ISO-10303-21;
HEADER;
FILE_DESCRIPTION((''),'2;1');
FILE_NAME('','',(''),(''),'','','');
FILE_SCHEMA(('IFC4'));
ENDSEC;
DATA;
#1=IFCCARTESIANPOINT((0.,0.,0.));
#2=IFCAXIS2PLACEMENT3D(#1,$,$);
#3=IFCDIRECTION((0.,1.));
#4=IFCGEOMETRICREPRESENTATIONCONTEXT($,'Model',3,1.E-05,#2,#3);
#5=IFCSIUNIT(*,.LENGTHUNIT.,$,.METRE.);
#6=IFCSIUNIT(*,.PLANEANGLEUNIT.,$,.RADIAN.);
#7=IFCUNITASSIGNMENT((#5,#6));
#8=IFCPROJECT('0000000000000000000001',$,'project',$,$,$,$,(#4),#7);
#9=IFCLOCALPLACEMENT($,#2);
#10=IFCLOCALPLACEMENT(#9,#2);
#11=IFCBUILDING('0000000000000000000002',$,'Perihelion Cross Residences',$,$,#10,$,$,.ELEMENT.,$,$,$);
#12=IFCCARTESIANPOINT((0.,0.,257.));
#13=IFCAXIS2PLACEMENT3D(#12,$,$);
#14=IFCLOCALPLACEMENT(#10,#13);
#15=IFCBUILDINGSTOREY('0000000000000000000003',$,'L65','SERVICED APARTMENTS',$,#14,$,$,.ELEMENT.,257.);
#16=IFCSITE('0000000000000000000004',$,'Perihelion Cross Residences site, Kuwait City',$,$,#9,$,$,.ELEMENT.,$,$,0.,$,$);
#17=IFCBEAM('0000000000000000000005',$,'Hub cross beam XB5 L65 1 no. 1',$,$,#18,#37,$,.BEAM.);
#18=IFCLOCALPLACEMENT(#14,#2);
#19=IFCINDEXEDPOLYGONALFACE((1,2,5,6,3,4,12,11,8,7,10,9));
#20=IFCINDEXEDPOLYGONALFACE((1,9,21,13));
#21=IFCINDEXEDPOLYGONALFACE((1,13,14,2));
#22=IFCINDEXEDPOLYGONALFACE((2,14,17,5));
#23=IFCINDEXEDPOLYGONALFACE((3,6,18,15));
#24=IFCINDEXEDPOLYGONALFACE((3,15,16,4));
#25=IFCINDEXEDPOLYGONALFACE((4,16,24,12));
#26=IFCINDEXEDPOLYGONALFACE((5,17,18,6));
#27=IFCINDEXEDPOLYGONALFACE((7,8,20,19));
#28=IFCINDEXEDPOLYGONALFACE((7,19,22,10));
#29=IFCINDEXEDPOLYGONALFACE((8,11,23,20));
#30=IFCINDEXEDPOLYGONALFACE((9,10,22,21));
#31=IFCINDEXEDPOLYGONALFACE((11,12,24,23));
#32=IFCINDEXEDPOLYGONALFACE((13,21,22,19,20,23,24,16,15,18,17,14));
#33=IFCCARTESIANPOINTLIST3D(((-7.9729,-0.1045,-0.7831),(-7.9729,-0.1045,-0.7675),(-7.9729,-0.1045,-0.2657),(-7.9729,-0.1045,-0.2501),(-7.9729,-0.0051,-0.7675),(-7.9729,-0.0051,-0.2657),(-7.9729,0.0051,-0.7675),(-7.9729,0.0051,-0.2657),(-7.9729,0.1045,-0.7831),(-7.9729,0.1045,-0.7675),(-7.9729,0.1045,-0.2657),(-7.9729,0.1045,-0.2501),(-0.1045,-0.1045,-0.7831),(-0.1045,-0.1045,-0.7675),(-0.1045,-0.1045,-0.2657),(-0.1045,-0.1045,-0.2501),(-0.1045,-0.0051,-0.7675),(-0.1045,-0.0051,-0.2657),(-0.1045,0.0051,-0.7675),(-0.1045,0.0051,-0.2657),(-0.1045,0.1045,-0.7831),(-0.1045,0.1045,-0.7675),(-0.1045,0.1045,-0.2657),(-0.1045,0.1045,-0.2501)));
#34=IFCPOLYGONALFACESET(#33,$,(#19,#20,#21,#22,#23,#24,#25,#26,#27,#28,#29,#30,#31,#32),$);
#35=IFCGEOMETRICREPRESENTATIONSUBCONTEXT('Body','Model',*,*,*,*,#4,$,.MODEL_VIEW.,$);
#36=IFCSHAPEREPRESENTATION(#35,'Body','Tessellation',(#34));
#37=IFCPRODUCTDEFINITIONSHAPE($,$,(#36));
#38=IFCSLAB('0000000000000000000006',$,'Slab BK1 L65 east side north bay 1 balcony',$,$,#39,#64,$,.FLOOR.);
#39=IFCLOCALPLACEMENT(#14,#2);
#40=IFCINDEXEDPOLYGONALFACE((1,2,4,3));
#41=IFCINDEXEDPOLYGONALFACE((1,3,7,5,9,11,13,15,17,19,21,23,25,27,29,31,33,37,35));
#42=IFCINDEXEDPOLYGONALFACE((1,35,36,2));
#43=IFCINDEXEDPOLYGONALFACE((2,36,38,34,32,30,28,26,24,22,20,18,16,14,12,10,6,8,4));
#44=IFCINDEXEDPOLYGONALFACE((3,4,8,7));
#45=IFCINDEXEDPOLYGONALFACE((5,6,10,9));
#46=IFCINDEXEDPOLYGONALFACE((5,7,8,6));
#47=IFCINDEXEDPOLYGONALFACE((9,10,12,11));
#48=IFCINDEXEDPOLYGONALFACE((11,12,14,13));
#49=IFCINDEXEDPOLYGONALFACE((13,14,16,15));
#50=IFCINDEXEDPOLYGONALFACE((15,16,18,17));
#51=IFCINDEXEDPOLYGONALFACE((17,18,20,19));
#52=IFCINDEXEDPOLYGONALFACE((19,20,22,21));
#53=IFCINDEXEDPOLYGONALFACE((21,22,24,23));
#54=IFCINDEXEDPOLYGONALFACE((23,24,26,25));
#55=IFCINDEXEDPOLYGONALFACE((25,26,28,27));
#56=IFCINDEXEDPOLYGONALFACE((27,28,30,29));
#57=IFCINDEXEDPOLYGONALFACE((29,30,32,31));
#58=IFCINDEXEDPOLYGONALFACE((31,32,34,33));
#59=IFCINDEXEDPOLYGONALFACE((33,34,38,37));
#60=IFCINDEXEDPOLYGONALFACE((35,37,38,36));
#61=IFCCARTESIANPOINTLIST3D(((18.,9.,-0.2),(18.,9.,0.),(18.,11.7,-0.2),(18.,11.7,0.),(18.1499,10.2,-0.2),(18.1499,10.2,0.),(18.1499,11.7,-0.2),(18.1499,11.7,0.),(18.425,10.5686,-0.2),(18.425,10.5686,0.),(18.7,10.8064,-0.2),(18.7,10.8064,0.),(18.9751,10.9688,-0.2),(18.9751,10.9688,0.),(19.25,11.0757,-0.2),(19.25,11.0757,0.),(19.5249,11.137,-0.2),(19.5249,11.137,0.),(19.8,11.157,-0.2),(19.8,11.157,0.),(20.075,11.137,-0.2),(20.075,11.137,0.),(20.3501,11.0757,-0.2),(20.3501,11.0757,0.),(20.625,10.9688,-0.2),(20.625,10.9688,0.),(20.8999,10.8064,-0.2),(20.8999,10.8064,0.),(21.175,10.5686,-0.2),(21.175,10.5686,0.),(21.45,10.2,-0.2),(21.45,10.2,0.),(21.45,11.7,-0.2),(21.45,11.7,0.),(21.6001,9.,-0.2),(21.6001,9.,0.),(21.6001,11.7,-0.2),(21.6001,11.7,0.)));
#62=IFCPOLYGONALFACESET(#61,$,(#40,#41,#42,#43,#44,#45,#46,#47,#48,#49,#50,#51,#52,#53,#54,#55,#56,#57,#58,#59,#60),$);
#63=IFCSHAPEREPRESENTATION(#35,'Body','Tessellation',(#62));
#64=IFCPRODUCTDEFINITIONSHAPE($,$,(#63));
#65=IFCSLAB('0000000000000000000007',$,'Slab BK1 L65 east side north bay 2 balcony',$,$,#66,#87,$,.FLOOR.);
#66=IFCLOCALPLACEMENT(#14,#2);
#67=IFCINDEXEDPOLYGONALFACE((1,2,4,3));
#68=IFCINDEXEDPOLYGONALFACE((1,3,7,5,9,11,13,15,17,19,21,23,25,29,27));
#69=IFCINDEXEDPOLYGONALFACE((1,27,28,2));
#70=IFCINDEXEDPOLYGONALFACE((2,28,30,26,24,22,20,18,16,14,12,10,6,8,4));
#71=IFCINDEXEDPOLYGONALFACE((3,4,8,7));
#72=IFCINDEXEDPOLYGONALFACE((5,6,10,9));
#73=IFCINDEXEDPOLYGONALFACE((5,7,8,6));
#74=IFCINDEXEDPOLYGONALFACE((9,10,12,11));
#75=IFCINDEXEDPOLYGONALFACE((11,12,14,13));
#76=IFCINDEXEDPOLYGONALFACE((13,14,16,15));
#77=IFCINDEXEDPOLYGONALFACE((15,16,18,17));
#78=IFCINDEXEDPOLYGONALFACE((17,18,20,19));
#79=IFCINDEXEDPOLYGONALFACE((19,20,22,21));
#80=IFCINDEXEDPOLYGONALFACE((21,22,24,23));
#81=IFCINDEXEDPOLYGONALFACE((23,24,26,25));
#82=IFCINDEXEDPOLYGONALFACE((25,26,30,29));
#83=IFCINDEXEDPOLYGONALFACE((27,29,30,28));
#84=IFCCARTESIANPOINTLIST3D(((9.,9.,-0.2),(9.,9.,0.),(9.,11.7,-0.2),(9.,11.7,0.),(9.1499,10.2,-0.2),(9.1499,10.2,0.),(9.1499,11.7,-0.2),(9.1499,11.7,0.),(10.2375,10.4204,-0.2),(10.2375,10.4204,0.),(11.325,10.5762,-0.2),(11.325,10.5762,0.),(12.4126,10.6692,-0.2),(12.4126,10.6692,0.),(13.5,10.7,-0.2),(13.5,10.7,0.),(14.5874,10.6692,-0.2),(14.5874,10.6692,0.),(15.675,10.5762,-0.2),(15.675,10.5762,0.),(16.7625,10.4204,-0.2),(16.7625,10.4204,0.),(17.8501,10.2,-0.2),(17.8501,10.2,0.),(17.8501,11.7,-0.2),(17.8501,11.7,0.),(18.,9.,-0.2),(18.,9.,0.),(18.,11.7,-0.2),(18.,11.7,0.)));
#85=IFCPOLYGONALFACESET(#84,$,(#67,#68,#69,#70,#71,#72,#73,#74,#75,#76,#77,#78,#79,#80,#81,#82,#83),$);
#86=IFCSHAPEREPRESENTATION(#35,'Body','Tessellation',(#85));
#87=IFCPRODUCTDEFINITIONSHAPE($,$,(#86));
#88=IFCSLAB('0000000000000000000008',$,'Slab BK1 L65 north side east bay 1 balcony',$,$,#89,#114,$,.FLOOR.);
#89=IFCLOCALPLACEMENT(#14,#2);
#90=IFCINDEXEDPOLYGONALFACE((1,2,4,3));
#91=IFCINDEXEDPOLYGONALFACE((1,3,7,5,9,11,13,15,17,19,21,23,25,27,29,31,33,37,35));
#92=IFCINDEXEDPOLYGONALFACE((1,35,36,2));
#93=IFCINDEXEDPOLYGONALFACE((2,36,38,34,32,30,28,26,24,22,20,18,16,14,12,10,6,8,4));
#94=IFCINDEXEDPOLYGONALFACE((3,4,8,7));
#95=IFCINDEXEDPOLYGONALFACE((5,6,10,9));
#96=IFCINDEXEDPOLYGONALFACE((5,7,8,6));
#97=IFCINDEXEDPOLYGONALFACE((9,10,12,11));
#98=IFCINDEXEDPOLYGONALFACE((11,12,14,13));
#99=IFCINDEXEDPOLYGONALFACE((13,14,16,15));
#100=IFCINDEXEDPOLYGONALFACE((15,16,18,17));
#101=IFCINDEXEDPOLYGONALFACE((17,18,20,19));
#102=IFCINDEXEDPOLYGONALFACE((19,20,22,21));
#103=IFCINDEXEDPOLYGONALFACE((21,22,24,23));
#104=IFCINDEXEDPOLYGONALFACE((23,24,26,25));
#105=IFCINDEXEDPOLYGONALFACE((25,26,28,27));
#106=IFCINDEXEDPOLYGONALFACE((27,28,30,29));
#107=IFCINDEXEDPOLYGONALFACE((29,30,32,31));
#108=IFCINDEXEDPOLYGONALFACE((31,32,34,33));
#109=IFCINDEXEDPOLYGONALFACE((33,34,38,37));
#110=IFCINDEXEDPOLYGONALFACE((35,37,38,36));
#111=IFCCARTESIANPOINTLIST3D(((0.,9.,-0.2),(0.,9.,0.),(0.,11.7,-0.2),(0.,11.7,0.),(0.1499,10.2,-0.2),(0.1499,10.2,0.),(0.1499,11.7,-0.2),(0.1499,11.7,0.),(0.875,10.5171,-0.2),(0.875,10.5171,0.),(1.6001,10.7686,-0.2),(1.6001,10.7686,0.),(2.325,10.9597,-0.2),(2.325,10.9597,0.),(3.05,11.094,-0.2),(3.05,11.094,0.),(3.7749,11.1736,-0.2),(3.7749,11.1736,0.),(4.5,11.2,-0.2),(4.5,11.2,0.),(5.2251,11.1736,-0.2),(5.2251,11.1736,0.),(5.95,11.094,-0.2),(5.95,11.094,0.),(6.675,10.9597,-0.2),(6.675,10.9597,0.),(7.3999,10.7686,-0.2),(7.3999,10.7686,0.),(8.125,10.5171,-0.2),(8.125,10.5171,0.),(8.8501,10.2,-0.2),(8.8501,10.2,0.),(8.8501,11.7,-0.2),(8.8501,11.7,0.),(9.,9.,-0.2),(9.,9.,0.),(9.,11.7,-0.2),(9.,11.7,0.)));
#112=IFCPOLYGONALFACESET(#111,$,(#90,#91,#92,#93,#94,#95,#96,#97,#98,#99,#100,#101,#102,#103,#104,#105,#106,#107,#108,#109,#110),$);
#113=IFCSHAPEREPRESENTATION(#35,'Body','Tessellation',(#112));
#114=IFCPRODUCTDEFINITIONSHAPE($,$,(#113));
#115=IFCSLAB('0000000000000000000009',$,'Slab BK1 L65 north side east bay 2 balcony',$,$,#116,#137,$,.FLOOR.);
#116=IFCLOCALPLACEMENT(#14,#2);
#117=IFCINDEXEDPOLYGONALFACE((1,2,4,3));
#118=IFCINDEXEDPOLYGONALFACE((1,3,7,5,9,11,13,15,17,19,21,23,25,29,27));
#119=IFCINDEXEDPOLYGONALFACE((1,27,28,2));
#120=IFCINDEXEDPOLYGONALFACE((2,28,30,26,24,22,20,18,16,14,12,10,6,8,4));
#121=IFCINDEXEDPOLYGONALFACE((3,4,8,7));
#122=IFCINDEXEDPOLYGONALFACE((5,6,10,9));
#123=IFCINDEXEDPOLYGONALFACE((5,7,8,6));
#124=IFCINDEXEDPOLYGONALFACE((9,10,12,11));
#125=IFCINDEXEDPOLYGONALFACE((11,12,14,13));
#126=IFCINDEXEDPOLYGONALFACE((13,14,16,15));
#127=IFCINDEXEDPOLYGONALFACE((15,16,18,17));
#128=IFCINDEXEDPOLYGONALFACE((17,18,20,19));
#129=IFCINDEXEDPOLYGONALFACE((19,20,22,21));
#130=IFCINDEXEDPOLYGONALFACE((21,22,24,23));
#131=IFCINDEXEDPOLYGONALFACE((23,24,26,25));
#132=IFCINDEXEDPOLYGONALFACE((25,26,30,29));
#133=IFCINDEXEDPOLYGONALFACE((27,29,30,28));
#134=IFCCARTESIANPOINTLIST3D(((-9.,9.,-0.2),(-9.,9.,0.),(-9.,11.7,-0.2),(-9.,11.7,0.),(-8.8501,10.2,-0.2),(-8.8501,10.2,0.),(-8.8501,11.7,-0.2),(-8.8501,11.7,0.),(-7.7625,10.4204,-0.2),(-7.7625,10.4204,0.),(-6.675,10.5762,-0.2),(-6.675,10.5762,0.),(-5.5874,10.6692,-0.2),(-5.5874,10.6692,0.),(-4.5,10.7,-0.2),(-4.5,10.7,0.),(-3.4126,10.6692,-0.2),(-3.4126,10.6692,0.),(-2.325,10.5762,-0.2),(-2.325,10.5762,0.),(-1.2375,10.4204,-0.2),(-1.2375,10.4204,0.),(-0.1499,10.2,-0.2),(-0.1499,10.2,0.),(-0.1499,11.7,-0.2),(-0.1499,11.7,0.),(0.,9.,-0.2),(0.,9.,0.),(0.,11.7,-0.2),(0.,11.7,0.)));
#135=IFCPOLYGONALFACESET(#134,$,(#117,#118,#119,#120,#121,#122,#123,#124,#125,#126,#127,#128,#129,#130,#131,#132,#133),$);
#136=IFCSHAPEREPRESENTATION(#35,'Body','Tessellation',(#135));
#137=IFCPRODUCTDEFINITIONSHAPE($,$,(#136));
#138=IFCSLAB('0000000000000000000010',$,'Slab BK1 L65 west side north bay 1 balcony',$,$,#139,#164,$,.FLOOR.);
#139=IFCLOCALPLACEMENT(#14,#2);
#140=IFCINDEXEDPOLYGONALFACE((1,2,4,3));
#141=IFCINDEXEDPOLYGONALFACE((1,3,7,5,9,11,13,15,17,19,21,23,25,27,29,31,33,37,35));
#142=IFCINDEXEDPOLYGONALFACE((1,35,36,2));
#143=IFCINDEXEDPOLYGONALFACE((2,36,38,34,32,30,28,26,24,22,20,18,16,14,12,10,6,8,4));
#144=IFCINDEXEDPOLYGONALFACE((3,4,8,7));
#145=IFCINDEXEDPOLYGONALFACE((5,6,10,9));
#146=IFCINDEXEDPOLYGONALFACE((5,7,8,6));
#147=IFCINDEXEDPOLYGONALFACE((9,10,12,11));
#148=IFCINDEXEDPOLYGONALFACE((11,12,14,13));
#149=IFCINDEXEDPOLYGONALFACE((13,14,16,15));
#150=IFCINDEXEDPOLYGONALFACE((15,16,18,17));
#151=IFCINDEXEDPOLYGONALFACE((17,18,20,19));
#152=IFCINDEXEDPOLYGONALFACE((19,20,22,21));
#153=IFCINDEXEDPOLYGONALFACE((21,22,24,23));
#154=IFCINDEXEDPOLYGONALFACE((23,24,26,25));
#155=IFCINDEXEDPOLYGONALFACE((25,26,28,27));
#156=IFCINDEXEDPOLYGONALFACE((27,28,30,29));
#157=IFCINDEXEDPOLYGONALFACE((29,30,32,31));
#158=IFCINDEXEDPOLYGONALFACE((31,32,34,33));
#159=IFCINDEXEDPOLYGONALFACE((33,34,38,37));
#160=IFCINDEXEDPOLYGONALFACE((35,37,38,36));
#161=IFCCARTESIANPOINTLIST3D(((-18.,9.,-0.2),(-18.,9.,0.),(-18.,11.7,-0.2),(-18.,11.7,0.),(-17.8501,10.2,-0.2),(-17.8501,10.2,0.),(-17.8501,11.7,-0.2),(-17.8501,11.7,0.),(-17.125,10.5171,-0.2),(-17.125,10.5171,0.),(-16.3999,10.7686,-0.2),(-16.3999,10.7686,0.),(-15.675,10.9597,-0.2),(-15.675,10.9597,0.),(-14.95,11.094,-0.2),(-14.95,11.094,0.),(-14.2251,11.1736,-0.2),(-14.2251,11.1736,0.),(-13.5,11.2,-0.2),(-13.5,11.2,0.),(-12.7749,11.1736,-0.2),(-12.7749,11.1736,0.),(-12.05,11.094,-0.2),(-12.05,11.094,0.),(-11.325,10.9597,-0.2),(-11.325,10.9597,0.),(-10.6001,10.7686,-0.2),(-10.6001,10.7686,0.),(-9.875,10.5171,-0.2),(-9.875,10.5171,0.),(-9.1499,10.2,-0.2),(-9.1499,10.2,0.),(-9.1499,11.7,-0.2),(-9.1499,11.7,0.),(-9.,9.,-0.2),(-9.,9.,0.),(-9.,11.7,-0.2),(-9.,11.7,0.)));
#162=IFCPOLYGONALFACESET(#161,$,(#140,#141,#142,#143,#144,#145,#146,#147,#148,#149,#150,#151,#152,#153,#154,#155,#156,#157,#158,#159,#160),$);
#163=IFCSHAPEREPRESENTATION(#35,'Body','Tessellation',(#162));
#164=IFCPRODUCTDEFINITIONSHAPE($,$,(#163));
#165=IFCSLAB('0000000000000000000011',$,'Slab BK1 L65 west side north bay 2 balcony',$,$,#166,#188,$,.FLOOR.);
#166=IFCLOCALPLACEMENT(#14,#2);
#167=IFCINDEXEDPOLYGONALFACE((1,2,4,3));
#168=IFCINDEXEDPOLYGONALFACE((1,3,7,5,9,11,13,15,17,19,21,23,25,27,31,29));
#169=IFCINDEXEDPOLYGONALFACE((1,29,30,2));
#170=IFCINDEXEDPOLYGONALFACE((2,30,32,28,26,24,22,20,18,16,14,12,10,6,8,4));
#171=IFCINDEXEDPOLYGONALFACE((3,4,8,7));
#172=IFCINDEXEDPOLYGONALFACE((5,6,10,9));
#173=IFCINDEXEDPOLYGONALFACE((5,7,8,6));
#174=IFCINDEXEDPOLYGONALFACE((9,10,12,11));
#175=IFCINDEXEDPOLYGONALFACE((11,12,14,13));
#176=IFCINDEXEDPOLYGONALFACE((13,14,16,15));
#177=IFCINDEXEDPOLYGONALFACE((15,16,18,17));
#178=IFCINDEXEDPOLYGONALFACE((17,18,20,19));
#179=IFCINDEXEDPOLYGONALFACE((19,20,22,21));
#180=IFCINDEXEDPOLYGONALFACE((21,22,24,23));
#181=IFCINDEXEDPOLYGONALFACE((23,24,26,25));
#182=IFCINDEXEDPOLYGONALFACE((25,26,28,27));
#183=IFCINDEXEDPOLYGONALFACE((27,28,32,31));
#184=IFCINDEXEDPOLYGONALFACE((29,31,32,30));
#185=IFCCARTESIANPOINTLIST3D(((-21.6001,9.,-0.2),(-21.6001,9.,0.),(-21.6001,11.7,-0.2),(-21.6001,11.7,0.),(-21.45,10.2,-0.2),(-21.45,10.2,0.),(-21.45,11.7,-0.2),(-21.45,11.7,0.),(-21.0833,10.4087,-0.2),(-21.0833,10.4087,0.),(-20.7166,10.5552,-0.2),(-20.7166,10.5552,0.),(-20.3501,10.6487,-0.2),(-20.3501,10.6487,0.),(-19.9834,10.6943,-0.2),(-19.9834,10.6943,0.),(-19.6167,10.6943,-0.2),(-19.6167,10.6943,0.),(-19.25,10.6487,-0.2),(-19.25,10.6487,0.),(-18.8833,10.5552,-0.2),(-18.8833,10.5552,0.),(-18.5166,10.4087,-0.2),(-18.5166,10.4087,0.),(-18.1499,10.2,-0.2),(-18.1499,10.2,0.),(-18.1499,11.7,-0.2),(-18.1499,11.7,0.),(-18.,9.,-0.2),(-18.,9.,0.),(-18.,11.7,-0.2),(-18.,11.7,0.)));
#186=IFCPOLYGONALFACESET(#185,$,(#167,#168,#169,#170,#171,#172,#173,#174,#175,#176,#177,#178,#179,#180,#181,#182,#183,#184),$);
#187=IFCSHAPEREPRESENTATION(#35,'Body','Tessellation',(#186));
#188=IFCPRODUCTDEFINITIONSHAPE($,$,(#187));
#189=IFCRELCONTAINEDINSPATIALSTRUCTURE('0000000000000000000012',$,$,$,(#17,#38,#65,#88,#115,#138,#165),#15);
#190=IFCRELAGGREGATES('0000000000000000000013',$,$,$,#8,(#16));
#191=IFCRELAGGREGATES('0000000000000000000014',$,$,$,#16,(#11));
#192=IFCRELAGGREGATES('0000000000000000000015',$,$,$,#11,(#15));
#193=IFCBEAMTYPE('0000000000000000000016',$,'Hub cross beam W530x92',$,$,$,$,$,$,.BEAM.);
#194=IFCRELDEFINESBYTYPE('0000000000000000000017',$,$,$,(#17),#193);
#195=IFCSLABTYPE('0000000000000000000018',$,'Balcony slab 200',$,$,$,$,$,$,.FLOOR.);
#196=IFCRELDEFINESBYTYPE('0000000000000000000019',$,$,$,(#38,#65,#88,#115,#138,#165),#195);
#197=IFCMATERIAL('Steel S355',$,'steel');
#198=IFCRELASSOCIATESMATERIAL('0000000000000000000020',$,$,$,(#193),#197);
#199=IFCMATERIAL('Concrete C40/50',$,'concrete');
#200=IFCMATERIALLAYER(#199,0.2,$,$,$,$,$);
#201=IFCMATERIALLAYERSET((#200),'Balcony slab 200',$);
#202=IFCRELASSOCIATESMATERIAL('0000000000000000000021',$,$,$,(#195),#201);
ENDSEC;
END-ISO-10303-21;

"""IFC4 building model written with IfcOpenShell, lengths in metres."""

from ifc_helpers import new_model, si_unit, direction, frame, origin, origin_2d, place, context, subcontext, project, spatial, polyline, i_section, outline, extrude, material, layer, layer_set, material_profile, profile_set, type_object, element, save


model = new_model("IFC4")

# Units and contexts
model_context = context("Model", 3, precision=1e-05, world=origin(), true_north=direction((0.0, 1.0)))
body_context = subcontext(model_context, "Body", "Model", "MODEL_VIEW")
ifc_project = project(units=[si_unit("LENGTHUNIT", "METRE"), si_unit("PLANEANGLEUNIT", "RADIAN")], contexts=[model_context])

# Site, building, storey
site_placement = place(None, origin())
site = spatial("IfcSite", under=ifc_project, at=site_placement, Name="Perihelion Cross Residences site, Kuwait City", CompositionType="ELEMENT", RefElevation=0.0)
building_placement = place(site_placement, origin())
building = spatial("IfcBuilding", under=site, at=building_placement, Name="Perihelion Cross Residences", CompositionType="ELEMENT")
storey_placement = place(building_placement, frame((0.0, 0.0, 257.0)))
storey = spatial("IfcBuildingStorey", under=building, at=storey_placement, Name="L65", Description="SERVICED APARTMENTS", CompositionType="ELEMENT", Elevation=257.0)

# Beam
ifc_material_1 = material(Name="Steel S355", Category="steel")
ifc_material_profile = material_profile(ifc_material_1, i_section(OverallWidth=0.209, OverallDepth=0.533, WebThickness=0.0103, FlangeThickness=0.0156, at=origin_2d()), Name="W530x92")
ifc_profile_set = profile_set([ifc_material_profile], Name="Steel S355")
beam_type = type_object("IfcBeamType", Name="Hub cross beam W530x92", PredefinedType="BEAM", material=ifc_profile_set)
beam_placement = place(storey_placement, frame((-7.9729, 0.0, -0.5166), z_axis=(1.0, 0.0, 0.0), x_axis=(0.0, 1.0, 0.0)))
element("IfcBeam", 1, at=beam_placement, inside=storey, type_object=beam_type, Name="Hub cross beam XB5 L65 1 no. 1", PredefinedType="BEAM", context=body_context, shape_type="SweptSolid", body=[
    extrude(i_section(OverallWidth=0.209, OverallDepth=0.533, WebThickness=0.0103, FlangeThickness=0.0156, at=origin_2d()), origin(), (0.0, 0.0, 1.0), 7.8684),
])

# Slabs
ifc_material_2 = material(Name="Concrete C40/50", Category="concrete")
ifc_layer_1 = layer(ifc_material_2, 0.2)
ifc_layer_set_1 = layer_set([ifc_layer_1], Name="Balcony slab 200")
slab_type_1 = type_object("IfcSlabType", Name="Balcony slab 200", PredefinedType="FLOOR", material=ifc_layer_set_1)
slab_1_placement = place(storey_placement, frame((0.0, 0.0, -0.2)))
element("IfcSlab", 2, at=slab_1_placement, inside=storey, type_object=slab_type_1, Name="Slab BK1 L65 east side north bay 1 balcony", PredefinedType="FLOOR", context=body_context, shape_type="SweptSolid", body=[
    extrude(outline(polyline([(21.6001, 9.0), (18.0, 9.0), (18.0, 11.7), (18.1499, 11.7), (18.1499, 10.2), (18.425, 10.5686), (18.7, 10.8064), (18.9751, 10.9688), (19.25, 11.0757), (19.5249, 11.137), (19.8, 11.157), (20.075, 11.137), (20.3501, 11.0757), (20.625, 10.9688), (20.8999, 10.8064), (21.175, 10.5686), (21.45, 10.2), (21.45, 11.7), (21.6001, 11.7), (21.6001, 9.0)])), origin(), (0.0, 0.0, 1.0), 0.2),
])
slab_2_placement = place(storey_placement, frame((0.0, 0.0, -0.2)))
element("IfcSlab", 3, at=slab_2_placement, inside=storey, type_object=slab_type_1, Name="Slab BK1 L65 east side north bay 2 balcony", PredefinedType="FLOOR", context=body_context, shape_type="SweptSolid", body=[
    extrude(outline(polyline([(18.0, 9.0), (9.0, 9.0), (9.0, 11.7), (9.1499, 11.7), (9.1499, 10.2), (10.2375, 10.4204), (11.325, 10.5762), (12.4126, 10.6692), (13.5, 10.7), (14.5874, 10.6692), (15.675, 10.5762), (16.7625, 10.4204), (17.8501, 10.2), (17.8501, 11.7), (18.0, 11.7), (18.0, 9.0)])), origin(), (0.0, 0.0, 1.0), 0.2),
])
slab_3_placement = place(storey_placement, frame((0.0, 0.0, -0.2)))
element("IfcSlab", 4, at=slab_3_placement, inside=storey, type_object=slab_type_1, Name="Slab BK1 L65 north side east bay 1 balcony", PredefinedType="FLOOR", context=body_context, shape_type="SweptSolid", body=[
    extrude(outline(polyline([(9.0, 9.0), (0.0, 9.0), (0.0, 11.7), (0.1499, 11.7), (0.1499, 10.2), (0.875, 10.5171), (1.6001, 10.7686), (2.325, 10.9597), (3.05, 11.094), (3.7749, 11.1736), (4.5, 11.2), (5.2251, 11.1736), (5.95, 11.094), (6.675, 10.9597), (7.3999, 10.7686), (8.125, 10.5171), (8.8501, 10.2), (8.8501, 11.7), (9.0, 11.7), (9.0, 9.0)])), origin(), (0.0, 0.0, 1.0), 0.2),
])
slab_4_placement = place(storey_placement, frame((0.0, 0.0, -0.2)))
element("IfcSlab", 5, at=slab_4_placement, inside=storey, type_object=slab_type_1, Name="Slab BK1 L65 north side east bay 2 balcony", PredefinedType="FLOOR", context=body_context, shape_type="SweptSolid", body=[
    extrude(outline(polyline([(0.0, 9.0), (-9.0, 9.0), (-9.0, 11.7), (-8.8501, 11.7), (-8.8501, 10.2), (-7.7625, 10.4204), (-6.675, 10.5762), (-5.5874, 10.6692), (-4.5, 10.7), (-3.4126, 10.6692), (-2.325, 10.5762), (-1.2375, 10.4204), (-0.1499, 10.2), (-0.1499, 11.7), (0.0, 11.7), (0.0, 9.0)])), origin(), (0.0, 0.0, 1.0), 0.2),
])
slab_5_placement = place(storey_placement, frame((0.0, 0.0, -0.2)))
element("IfcSlab", 6, at=slab_5_placement, inside=storey, type_object=slab_type_1, Name="Slab BK1 L65 west side north bay 1 balcony", PredefinedType="FLOOR", context=body_context, shape_type="SweptSolid", body=[
    extrude(outline(polyline([(-9.0, 9.0), (-18.0, 9.0), (-18.0, 11.7), (-17.8501, 11.7), (-17.8501, 10.2), (-17.125, 10.5171), (-16.3999, 10.7686), (-15.675, 10.9597), (-14.95, 11.094), (-14.2251, 11.1736), (-13.5, 11.2), (-12.7749, 11.1736), (-12.05, 11.094), (-11.325, 10.9597), (-10.6001, 10.7686), (-9.875, 10.5171), (-9.1499, 10.2), (-9.1499, 11.7), (-9.0, 11.7), (-9.0, 9.0)])), origin(), (0.0, 0.0, 1.0), 0.2),
])
slab_6_placement = place(storey_placement, frame((0.0, 0.0, -0.2)))
element("IfcSlab", 7, at=slab_6_placement, inside=storey, type_object=slab_type_1, Name="Slab BK1 L65 west side north bay 2 balcony", PredefinedType="FLOOR", context=body_context, shape_type="SweptSolid", body=[
    extrude(outline(polyline([(-18.0, 9.0), (-21.6001, 9.0), (-21.6001, 11.7), (-21.45, 11.7), (-21.45, 10.2), (-21.0833, 10.4087), (-20.7166, 10.5552), (-20.3501, 10.6487), (-19.9834, 10.6943), (-19.6167, 10.6943), (-19.25, 10.6487), (-18.8833, 10.5552), (-18.5166, 10.4087), (-18.1499, 10.2), (-18.1499, 11.7), (-18.0, 11.7), (-18.0, 9.0)])), origin(), (0.0, 0.0, 1.0), 0.2),
])

save(model, "model.ifc")
